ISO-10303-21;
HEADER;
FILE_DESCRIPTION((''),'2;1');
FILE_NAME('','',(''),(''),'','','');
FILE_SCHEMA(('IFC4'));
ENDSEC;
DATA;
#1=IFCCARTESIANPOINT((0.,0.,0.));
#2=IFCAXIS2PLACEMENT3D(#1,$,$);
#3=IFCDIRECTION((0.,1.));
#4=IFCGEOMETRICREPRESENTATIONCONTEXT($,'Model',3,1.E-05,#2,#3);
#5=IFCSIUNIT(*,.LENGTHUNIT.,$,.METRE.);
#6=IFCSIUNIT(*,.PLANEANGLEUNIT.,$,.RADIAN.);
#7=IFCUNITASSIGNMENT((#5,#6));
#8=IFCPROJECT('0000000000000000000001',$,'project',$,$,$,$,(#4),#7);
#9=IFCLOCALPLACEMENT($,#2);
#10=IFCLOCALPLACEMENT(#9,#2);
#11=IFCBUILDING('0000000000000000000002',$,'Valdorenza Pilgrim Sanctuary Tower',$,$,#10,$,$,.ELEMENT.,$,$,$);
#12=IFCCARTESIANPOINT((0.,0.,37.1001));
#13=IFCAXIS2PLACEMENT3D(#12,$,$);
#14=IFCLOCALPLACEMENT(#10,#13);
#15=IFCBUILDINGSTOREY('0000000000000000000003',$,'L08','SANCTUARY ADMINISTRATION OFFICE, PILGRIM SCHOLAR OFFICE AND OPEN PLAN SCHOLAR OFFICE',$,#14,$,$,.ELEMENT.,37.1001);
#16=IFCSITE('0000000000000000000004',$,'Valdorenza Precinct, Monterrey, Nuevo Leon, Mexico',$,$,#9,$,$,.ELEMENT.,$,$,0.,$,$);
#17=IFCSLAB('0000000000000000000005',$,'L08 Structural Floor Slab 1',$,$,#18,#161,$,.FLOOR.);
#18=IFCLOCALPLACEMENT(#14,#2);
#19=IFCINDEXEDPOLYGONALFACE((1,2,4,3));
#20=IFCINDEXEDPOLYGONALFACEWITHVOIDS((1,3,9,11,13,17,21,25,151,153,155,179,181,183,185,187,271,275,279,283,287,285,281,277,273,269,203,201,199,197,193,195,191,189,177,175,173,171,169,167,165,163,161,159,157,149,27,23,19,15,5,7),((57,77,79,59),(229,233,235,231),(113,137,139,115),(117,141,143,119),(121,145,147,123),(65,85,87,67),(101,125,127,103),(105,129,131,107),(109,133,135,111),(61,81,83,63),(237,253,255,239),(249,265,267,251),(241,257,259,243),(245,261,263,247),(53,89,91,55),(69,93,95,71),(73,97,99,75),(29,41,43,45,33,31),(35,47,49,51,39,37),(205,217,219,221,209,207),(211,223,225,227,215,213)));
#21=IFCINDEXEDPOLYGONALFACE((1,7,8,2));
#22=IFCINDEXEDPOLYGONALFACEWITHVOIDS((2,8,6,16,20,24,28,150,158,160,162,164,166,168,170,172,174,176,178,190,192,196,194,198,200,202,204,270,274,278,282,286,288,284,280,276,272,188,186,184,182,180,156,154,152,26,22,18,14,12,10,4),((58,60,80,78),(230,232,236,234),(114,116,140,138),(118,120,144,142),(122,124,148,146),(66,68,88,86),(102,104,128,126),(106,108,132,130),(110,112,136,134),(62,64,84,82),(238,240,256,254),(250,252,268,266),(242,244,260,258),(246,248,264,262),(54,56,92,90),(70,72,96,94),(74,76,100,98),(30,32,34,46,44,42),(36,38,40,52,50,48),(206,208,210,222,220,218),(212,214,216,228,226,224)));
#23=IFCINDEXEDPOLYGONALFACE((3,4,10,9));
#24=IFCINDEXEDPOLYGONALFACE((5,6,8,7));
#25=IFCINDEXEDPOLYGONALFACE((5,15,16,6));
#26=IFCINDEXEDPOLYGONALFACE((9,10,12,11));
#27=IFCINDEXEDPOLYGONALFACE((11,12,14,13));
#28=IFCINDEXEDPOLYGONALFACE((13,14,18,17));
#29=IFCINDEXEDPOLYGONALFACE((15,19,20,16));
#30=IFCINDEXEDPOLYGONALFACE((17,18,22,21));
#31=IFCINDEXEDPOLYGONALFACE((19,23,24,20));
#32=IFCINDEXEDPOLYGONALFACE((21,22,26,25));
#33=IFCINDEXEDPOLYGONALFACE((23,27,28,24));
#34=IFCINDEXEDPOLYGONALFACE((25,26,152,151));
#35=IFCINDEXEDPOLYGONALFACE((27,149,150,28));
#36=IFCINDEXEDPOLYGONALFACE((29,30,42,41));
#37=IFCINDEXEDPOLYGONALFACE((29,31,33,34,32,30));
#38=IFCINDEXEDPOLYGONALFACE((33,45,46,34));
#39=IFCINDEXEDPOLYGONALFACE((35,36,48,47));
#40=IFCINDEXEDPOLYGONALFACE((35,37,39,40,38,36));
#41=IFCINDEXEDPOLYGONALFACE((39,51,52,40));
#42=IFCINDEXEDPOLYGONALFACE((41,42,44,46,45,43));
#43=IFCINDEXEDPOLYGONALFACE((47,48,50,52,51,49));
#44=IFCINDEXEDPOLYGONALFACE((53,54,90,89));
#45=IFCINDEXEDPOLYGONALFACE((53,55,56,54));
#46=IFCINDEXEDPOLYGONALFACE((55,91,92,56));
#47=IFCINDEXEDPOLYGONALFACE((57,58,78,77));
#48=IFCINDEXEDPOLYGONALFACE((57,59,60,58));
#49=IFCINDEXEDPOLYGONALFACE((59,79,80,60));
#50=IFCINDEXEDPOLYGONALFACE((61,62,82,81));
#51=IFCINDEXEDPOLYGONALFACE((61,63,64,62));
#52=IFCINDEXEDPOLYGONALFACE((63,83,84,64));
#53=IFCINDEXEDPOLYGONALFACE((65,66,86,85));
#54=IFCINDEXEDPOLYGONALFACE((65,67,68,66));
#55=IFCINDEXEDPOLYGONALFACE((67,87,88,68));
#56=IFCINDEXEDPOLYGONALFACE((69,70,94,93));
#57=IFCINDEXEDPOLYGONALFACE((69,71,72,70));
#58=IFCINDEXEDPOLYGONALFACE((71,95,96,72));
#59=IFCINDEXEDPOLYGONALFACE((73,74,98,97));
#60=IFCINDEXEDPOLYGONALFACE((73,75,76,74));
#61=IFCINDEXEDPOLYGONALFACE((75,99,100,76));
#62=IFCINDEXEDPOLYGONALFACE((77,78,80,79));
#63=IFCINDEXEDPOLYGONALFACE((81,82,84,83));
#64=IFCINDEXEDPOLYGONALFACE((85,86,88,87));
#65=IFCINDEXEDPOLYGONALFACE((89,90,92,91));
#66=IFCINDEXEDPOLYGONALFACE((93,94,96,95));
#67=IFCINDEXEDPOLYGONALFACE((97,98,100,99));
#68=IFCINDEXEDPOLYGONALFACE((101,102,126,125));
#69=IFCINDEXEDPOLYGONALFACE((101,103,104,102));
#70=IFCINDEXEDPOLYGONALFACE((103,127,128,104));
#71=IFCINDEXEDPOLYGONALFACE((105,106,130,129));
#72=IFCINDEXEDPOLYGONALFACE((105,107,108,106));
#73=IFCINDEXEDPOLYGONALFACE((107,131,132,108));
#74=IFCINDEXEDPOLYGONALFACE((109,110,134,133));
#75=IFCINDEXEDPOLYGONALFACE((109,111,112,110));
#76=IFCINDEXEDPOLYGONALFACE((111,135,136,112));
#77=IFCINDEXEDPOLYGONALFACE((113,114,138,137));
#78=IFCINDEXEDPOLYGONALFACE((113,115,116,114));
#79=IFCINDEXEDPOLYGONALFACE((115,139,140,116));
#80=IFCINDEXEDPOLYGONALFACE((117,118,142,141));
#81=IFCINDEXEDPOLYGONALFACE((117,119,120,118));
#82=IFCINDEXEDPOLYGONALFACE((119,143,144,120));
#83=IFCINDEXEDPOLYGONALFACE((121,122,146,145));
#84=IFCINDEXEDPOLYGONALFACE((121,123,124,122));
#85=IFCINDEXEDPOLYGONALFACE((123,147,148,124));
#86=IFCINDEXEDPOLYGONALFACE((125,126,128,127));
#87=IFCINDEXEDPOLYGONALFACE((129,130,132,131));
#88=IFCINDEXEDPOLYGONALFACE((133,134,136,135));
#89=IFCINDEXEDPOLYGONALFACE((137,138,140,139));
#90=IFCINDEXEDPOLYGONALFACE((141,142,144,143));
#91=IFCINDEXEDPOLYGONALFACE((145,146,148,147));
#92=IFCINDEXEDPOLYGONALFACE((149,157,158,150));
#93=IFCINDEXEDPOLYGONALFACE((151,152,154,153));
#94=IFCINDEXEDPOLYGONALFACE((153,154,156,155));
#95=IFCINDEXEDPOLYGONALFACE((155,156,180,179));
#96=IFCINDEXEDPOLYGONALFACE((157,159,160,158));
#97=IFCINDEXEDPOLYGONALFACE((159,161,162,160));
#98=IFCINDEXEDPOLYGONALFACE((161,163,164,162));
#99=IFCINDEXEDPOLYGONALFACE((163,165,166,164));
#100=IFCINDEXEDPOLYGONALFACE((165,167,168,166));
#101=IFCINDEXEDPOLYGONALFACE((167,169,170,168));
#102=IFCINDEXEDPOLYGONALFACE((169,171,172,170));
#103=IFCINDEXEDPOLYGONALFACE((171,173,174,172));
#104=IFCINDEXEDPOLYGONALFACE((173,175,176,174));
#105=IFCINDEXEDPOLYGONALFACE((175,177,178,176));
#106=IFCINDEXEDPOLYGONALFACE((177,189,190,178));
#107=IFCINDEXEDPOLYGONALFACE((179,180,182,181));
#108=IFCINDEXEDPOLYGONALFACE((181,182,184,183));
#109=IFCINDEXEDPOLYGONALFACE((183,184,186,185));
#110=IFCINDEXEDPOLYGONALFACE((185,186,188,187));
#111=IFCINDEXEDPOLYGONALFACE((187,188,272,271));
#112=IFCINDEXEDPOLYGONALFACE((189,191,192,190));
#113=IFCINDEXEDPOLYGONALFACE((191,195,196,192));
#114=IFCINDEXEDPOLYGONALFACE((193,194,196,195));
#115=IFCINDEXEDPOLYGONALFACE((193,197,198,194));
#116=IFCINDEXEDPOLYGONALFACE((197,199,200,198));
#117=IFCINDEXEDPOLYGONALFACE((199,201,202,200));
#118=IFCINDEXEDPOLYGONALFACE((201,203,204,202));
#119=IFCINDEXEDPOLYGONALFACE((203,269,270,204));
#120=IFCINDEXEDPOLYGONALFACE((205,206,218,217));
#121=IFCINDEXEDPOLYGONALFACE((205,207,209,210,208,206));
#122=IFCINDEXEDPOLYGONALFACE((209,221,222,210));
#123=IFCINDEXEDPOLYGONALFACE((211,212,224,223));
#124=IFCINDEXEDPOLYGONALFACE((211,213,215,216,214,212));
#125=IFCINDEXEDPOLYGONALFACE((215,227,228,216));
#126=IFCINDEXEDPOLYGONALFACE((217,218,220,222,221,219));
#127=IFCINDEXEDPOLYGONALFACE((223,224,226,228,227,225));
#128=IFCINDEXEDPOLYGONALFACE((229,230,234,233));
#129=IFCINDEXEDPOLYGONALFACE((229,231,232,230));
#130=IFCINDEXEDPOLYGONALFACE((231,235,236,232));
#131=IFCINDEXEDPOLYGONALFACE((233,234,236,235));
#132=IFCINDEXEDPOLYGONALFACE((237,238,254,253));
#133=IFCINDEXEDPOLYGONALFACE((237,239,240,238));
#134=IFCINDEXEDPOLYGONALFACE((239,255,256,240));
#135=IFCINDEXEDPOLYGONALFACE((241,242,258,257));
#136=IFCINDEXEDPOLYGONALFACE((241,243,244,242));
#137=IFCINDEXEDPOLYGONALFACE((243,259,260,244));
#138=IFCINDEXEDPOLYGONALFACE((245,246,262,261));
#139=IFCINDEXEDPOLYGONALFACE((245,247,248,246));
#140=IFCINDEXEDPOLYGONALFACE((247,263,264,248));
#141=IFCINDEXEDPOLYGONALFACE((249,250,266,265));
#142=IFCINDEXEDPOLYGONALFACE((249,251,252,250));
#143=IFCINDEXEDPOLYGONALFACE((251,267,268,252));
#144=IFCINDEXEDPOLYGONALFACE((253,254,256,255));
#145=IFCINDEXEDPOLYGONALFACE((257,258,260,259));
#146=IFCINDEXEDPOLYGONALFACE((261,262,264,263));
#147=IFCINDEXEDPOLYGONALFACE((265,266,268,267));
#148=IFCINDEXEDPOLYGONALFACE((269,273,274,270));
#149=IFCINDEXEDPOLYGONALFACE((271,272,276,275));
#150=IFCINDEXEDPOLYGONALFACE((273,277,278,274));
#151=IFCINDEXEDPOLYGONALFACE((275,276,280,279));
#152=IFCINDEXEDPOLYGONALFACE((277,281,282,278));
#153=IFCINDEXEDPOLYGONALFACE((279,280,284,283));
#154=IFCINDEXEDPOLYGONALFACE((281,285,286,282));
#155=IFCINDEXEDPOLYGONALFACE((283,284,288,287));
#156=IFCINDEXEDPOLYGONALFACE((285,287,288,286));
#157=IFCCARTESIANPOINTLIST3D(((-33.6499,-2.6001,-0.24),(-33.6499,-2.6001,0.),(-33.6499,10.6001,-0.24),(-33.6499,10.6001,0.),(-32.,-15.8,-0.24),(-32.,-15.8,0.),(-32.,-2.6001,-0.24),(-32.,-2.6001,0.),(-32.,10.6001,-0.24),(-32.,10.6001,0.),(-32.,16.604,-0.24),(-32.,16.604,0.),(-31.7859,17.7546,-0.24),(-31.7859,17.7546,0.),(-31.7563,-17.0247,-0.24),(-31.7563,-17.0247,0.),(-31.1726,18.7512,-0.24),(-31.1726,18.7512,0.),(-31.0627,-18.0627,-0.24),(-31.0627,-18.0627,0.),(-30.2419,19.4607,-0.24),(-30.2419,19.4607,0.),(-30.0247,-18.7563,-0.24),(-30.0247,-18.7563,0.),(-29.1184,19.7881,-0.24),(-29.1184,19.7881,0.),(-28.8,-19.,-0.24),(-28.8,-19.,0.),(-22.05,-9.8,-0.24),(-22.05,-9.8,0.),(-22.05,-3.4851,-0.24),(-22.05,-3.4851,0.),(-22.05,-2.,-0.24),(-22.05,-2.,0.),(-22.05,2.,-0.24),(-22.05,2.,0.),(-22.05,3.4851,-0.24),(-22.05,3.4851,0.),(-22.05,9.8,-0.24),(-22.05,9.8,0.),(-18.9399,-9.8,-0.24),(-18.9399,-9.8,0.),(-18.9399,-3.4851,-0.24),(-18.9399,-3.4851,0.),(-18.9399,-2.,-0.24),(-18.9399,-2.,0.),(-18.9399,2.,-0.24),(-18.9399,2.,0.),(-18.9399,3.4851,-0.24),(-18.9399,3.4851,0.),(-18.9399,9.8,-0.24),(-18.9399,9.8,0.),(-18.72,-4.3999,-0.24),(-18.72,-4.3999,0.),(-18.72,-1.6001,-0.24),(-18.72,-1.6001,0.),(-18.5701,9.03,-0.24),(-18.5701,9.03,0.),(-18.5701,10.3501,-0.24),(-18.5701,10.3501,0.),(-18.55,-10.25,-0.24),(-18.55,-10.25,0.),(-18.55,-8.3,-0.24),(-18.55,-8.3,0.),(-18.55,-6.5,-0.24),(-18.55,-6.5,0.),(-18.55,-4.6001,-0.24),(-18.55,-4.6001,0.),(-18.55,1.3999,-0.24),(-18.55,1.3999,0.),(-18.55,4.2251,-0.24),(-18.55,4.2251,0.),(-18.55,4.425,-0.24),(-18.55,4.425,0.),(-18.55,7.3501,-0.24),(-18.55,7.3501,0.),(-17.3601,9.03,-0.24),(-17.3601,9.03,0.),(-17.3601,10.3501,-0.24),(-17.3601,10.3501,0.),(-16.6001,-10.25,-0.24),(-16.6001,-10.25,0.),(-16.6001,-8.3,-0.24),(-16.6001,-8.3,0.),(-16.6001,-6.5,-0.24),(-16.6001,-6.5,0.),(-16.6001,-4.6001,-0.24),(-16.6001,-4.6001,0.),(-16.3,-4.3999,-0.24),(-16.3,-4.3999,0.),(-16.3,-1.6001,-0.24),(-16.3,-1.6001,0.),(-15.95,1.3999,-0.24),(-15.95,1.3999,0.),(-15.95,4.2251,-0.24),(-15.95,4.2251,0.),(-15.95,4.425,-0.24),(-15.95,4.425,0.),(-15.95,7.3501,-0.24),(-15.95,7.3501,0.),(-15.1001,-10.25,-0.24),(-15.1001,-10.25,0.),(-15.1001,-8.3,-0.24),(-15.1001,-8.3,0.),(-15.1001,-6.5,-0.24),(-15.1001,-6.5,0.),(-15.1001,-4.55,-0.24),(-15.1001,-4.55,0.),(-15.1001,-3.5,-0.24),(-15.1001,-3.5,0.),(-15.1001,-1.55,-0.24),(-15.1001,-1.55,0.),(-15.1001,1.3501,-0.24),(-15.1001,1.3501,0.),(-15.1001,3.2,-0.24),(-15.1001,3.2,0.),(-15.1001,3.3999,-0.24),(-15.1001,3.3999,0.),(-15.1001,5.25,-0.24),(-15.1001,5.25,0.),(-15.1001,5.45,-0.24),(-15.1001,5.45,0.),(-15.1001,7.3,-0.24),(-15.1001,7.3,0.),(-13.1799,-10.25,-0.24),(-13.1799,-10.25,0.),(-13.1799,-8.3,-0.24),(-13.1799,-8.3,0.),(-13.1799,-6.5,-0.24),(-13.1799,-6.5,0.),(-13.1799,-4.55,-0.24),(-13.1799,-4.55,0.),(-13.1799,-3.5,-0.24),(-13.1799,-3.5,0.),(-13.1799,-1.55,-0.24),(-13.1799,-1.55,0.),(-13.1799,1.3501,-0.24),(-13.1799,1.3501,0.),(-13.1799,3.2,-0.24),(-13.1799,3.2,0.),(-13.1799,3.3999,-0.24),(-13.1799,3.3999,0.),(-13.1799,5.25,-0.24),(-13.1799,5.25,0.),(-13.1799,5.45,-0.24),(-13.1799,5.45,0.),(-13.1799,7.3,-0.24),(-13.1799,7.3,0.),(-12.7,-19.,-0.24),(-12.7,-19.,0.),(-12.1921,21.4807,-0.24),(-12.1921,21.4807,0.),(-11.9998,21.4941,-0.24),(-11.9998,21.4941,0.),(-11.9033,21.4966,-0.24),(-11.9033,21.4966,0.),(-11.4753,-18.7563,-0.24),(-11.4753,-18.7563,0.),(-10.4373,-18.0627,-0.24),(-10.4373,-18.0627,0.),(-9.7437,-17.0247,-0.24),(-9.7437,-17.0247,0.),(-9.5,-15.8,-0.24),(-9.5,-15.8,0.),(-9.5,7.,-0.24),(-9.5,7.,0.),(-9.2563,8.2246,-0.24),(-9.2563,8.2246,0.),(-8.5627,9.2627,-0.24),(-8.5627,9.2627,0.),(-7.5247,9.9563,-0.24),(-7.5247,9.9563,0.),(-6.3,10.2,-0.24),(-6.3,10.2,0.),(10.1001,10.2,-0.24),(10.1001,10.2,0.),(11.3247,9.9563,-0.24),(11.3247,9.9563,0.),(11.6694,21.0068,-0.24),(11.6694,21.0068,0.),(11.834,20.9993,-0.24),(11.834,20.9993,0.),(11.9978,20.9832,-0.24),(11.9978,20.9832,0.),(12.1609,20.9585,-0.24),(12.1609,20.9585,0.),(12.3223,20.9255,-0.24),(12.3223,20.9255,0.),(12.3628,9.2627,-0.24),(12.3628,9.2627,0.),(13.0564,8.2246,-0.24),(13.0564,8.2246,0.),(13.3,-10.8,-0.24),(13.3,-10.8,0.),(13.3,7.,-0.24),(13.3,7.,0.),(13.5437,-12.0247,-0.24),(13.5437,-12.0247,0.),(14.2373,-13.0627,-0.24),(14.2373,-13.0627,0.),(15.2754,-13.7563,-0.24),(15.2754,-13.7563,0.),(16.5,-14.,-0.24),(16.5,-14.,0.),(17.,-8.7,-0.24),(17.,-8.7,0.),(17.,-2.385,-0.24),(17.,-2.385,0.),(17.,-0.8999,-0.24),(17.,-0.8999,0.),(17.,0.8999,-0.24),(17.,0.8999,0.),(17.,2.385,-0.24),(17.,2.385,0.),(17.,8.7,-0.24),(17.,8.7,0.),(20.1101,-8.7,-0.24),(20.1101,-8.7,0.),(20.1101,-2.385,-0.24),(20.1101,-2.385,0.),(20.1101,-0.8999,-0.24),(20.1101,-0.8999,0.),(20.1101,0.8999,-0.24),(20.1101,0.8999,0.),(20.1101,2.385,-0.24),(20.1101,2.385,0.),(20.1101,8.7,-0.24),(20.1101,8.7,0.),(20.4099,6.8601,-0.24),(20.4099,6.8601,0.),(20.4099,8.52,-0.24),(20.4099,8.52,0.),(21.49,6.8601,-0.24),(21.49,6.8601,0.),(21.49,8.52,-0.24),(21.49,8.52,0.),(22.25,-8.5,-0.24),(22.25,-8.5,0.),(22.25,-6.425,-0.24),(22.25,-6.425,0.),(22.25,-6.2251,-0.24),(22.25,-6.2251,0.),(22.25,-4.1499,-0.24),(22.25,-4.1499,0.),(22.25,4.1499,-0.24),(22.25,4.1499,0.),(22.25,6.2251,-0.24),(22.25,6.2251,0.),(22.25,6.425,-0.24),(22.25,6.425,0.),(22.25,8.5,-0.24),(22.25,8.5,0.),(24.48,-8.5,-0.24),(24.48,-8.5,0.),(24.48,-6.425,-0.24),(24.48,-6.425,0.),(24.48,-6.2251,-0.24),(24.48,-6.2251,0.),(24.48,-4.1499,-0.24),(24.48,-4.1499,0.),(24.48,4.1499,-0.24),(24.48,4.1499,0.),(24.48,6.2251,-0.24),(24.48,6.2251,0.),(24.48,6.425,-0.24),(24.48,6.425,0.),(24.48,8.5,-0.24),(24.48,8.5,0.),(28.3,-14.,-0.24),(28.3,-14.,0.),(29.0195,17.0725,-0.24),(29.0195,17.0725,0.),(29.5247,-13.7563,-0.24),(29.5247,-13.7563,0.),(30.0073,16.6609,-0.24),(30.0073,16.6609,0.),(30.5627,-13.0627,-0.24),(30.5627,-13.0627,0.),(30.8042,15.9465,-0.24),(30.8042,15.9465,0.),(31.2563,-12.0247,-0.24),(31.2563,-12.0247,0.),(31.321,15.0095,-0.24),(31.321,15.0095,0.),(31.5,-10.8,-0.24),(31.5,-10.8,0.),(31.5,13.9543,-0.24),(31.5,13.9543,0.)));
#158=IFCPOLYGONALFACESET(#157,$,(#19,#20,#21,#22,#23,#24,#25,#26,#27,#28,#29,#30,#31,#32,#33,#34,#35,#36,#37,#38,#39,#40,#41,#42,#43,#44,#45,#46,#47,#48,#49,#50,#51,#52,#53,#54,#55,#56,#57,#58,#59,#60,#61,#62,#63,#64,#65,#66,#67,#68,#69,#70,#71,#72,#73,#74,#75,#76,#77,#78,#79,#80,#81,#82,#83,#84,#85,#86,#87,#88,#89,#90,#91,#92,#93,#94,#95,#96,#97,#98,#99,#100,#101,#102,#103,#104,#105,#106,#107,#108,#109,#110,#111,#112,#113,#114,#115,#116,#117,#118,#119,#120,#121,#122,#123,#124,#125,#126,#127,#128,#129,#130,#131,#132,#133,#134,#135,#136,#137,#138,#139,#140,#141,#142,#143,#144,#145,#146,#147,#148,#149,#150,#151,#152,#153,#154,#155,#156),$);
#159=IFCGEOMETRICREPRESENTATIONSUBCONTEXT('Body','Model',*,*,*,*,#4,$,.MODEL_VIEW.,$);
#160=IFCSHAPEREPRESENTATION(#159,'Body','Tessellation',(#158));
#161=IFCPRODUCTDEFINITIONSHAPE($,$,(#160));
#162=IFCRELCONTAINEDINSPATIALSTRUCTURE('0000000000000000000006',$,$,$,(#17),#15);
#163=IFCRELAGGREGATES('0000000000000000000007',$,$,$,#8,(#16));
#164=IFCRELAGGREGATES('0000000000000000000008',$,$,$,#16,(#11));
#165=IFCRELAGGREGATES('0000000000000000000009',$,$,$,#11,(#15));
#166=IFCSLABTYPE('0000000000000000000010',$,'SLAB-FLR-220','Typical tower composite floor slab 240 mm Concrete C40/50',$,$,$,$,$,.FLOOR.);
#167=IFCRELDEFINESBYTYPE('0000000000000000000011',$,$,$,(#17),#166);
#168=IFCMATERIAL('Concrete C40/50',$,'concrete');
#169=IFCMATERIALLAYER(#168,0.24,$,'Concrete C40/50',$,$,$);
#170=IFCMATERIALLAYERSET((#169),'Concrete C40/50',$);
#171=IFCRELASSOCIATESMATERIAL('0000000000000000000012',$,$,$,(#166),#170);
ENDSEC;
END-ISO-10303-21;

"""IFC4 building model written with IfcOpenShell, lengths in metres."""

from ifc_helpers import new_model, si_unit, direction, frame, origin, place, context, subcontext, project, spatial, polyline, outline, extrude, material, layer, layer_set, type_object, element, save


model = new_model("IFC4")

# Units and contexts
model_context = context("Model", 3, precision=1e-05, world=origin(), true_north=direction((0.0, 1.0)))
body_context = subcontext(model_context, "Body", "Model", "MODEL_VIEW")
ifc_project = project(units=[si_unit("LENGTHUNIT", "METRE"), si_unit("PLANEANGLEUNIT", "RADIAN")], contexts=[model_context])

# Site, building, storey
site_placement = place(None, origin())
site = spatial("IfcSite", under=ifc_project, at=site_placement, Name="Valdorenza Precinct, Monterrey, Nuevo Leon, Mexico", CompositionType="ELEMENT", RefElevation=0.0)
building_placement = place(site_placement, origin())
building = spatial("IfcBuilding", under=site, at=building_placement, Name="Valdorenza Pilgrim Sanctuary Tower", CompositionType="ELEMENT")
storey_placement = place(building_placement, frame((0.0, 0.0, 37.1001)))
storey = spatial("IfcBuildingStorey", under=building, at=storey_placement, Name="L08", Description="SANCTUARY ADMINISTRATION OFFICE, PILGRIM SCHOLAR OFFICE AND OPEN PLAN SCHOLAR OFFICE", CompositionType="ELEMENT", Elevation=37.1001)

# Slab
ifc_material_1 = material(Name="Concrete C40/50", Category="concrete")
ifc_layer_1 = layer(ifc_material_1, 0.24, Name="Concrete C40/50")
ifc_layer_set_1 = layer_set([ifc_layer_1], Name="Concrete C40/50")
slab_type_1 = type_object("IfcSlabType", Name="SLAB-FLR-220", Description="Typical tower composite floor slab 240 mm Concrete C40/50", PredefinedType="FLOOR", material=ifc_layer_set_1)
slab_1_placement = place(storey_placement, frame((0.0, 0.0, -0.24)))
element("IfcSlab", 1, at=slab_1_placement, inside=storey, type_object=slab_type_1, Name="L08 Structural Floor Slab 1", PredefinedType="FLOOR", context=body_context, shape_type="SweptSolid", body=[
    extrude(outline(polyline([(-31.7859, 17.7546), (-31.1726, 18.7512), (-30.2419, 19.4607), (-29.1184, 19.7881), (-12.1921, 21.4807), (-11.9998, 21.4941), (-11.9033, 21.4966), (11.6694, 21.0068), (11.834, 20.9993), (11.9978, 20.9832), (12.1609, 20.9585), (12.3223, 20.9255), (29.0195, 17.0725), (30.0073, 16.6609), (30.8042, 15.9465), (31.321, 15.0095), (31.5, 13.9543), (31.5, -10.8), (31.2563, -12.0247), (30.5627, -13.0627), (29.5247, -13.7563), (28.3, -14.0), (16.5, -14.0), (15.2754, -13.7563), (14.2373, -13.0627), (13.5437, -12.0247), (13.3, -10.8), (13.3, 7.0), (13.0564, 8.2246), (12.3628, 9.2627), (11.3247, 9.9563), (10.1001, 10.2), (-6.3, 10.2), (-7.5247, 9.9563), (-8.5627, 9.2627), (-9.2563, 8.2246), (-9.5, 7.0), (-9.5, -15.8), (-9.7437, -17.0247), (-10.4373, -18.0627), (-11.4753, -18.7563), (-12.7, -19.0), (-28.8, -19.0), (-30.0247, -18.7563), (-31.0627, -18.0627), (-31.7563, -17.0247), (-32.0, -15.8), (-32.0, -2.6001), (-33.6499, -2.6001), (-33.6499, 10.6001), (-32.0, 10.6001), (-32.0, 16.604), (-31.7859, 17.7546)]), holes=[polyline([(-16.6001, -10.25), (-16.6001, -8.3), (-18.55, -8.3), (-18.55, -10.25), (-16.6001, -10.25)]), polyline([(-22.05, -9.8), (-18.9399, -9.8), (-18.9399, -3.4851), (-18.9399, -2.0), (-22.05, -2.0), (-22.05, -3.4851), (-22.05, -9.8)]), polyline([(-18.55, -6.5), (-16.6001, -6.5), (-16.6001, -4.6001), (-18.55, -4.6001), (-18.55, -6.5)]), polyline([(-13.1799, -6.5), (-13.1799, -4.55), (-15.1001, -4.55), (-15.1001, -6.5), (-13.1799, -6.5)]), polyline([(-18.72, -4.3999), (-16.3, -4.3999), (-16.3, -1.6001), (-18.72, -1.6001), (-18.72, -4.3999)]), polyline([(-13.1799, -3.5), (-13.1799, -1.55), (-15.1001, -1.55), (-15.1001, -3.5), (-13.1799, -3.5)]), polyline([(-22.05, 2.0), (-18.9399, 2.0), (-18.9399, 3.4851), (-18.9399, 9.8), (-22.05, 9.8), (-22.05, 3.4851), (-22.05, 2.0)]), polyline([(-18.55, 1.3999), (-15.95, 1.3999), (-15.95, 4.2251), (-18.55, 4.2251), (-18.55, 1.3999)]), polyline([(-15.95, 4.425), (-15.95, 7.3501), (-18.55, 7.3501), (-18.55, 4.425), (-15.95, 4.425)]), polyline([(-15.1001, 5.45), (-13.1799, 5.45), (-13.1799, 7.3), (-15.1001, 7.3), (-15.1001, 5.45)]), polyline([(-17.3601, 9.03), (-17.3601, 10.3501), (-18.5701, 10.3501), (-18.5701, 9.03), (-17.3601, 9.03)]), polyline([(-15.1001, -10.25), (-13.1799, -10.25), (-13.1799, -8.3), (-15.1001, -8.3), (-15.1001, -10.25)]), polyline([(22.25, -8.5), (24.48, -8.5), (24.48, -6.425), (22.25, -6.425), (22.25, -8.5)]), polyline([(17.0, -2.385), (17.0, -8.7), (20.1101, -8.7), (20.1101, -2.385), (20.1101, -0.8999), (17.0, -0.8999), (17.0, -2.385)]), polyline([(22.25, -6.2251), (24.48, -6.2251), (24.48, -4.1499), (22.25, -4.1499), (22.25, -6.2251)]), polyline([(17.0, 0.8999), (20.1101, 0.8999), (20.1101, 2.385), (20.1101, 8.7), (17.0, 8.7), (17.0, 2.385), (17.0, 0.8999)]), polyline([(-15.1001, 1.3501), (-13.1799, 1.3501), (-13.1799, 3.2), (-15.1001, 3.2), (-15.1001, 1.3501)]), polyline([(-15.1001, 3.3999), (-13.1799, 3.3999), (-13.1799, 5.25), (-15.1001, 5.25), (-15.1001, 3.3999)]), polyline([(22.25, 4.1499), (24.48, 4.1499), (24.48, 6.2251), (22.25, 6.2251), (22.25, 4.1499)]), polyline([(22.25, 6.425), (24.48, 6.425), (24.48, 8.5), (22.25, 8.5), (22.25, 6.425)]), polyline([(20.4099, 6.8601), (21.49, 6.8601), (21.49, 8.52), (20.4099, 8.52), (20.4099, 6.8601)])]), origin(), (0.0, 0.0, 1.0), 0.24),
])

save(model, "model.ifc")
